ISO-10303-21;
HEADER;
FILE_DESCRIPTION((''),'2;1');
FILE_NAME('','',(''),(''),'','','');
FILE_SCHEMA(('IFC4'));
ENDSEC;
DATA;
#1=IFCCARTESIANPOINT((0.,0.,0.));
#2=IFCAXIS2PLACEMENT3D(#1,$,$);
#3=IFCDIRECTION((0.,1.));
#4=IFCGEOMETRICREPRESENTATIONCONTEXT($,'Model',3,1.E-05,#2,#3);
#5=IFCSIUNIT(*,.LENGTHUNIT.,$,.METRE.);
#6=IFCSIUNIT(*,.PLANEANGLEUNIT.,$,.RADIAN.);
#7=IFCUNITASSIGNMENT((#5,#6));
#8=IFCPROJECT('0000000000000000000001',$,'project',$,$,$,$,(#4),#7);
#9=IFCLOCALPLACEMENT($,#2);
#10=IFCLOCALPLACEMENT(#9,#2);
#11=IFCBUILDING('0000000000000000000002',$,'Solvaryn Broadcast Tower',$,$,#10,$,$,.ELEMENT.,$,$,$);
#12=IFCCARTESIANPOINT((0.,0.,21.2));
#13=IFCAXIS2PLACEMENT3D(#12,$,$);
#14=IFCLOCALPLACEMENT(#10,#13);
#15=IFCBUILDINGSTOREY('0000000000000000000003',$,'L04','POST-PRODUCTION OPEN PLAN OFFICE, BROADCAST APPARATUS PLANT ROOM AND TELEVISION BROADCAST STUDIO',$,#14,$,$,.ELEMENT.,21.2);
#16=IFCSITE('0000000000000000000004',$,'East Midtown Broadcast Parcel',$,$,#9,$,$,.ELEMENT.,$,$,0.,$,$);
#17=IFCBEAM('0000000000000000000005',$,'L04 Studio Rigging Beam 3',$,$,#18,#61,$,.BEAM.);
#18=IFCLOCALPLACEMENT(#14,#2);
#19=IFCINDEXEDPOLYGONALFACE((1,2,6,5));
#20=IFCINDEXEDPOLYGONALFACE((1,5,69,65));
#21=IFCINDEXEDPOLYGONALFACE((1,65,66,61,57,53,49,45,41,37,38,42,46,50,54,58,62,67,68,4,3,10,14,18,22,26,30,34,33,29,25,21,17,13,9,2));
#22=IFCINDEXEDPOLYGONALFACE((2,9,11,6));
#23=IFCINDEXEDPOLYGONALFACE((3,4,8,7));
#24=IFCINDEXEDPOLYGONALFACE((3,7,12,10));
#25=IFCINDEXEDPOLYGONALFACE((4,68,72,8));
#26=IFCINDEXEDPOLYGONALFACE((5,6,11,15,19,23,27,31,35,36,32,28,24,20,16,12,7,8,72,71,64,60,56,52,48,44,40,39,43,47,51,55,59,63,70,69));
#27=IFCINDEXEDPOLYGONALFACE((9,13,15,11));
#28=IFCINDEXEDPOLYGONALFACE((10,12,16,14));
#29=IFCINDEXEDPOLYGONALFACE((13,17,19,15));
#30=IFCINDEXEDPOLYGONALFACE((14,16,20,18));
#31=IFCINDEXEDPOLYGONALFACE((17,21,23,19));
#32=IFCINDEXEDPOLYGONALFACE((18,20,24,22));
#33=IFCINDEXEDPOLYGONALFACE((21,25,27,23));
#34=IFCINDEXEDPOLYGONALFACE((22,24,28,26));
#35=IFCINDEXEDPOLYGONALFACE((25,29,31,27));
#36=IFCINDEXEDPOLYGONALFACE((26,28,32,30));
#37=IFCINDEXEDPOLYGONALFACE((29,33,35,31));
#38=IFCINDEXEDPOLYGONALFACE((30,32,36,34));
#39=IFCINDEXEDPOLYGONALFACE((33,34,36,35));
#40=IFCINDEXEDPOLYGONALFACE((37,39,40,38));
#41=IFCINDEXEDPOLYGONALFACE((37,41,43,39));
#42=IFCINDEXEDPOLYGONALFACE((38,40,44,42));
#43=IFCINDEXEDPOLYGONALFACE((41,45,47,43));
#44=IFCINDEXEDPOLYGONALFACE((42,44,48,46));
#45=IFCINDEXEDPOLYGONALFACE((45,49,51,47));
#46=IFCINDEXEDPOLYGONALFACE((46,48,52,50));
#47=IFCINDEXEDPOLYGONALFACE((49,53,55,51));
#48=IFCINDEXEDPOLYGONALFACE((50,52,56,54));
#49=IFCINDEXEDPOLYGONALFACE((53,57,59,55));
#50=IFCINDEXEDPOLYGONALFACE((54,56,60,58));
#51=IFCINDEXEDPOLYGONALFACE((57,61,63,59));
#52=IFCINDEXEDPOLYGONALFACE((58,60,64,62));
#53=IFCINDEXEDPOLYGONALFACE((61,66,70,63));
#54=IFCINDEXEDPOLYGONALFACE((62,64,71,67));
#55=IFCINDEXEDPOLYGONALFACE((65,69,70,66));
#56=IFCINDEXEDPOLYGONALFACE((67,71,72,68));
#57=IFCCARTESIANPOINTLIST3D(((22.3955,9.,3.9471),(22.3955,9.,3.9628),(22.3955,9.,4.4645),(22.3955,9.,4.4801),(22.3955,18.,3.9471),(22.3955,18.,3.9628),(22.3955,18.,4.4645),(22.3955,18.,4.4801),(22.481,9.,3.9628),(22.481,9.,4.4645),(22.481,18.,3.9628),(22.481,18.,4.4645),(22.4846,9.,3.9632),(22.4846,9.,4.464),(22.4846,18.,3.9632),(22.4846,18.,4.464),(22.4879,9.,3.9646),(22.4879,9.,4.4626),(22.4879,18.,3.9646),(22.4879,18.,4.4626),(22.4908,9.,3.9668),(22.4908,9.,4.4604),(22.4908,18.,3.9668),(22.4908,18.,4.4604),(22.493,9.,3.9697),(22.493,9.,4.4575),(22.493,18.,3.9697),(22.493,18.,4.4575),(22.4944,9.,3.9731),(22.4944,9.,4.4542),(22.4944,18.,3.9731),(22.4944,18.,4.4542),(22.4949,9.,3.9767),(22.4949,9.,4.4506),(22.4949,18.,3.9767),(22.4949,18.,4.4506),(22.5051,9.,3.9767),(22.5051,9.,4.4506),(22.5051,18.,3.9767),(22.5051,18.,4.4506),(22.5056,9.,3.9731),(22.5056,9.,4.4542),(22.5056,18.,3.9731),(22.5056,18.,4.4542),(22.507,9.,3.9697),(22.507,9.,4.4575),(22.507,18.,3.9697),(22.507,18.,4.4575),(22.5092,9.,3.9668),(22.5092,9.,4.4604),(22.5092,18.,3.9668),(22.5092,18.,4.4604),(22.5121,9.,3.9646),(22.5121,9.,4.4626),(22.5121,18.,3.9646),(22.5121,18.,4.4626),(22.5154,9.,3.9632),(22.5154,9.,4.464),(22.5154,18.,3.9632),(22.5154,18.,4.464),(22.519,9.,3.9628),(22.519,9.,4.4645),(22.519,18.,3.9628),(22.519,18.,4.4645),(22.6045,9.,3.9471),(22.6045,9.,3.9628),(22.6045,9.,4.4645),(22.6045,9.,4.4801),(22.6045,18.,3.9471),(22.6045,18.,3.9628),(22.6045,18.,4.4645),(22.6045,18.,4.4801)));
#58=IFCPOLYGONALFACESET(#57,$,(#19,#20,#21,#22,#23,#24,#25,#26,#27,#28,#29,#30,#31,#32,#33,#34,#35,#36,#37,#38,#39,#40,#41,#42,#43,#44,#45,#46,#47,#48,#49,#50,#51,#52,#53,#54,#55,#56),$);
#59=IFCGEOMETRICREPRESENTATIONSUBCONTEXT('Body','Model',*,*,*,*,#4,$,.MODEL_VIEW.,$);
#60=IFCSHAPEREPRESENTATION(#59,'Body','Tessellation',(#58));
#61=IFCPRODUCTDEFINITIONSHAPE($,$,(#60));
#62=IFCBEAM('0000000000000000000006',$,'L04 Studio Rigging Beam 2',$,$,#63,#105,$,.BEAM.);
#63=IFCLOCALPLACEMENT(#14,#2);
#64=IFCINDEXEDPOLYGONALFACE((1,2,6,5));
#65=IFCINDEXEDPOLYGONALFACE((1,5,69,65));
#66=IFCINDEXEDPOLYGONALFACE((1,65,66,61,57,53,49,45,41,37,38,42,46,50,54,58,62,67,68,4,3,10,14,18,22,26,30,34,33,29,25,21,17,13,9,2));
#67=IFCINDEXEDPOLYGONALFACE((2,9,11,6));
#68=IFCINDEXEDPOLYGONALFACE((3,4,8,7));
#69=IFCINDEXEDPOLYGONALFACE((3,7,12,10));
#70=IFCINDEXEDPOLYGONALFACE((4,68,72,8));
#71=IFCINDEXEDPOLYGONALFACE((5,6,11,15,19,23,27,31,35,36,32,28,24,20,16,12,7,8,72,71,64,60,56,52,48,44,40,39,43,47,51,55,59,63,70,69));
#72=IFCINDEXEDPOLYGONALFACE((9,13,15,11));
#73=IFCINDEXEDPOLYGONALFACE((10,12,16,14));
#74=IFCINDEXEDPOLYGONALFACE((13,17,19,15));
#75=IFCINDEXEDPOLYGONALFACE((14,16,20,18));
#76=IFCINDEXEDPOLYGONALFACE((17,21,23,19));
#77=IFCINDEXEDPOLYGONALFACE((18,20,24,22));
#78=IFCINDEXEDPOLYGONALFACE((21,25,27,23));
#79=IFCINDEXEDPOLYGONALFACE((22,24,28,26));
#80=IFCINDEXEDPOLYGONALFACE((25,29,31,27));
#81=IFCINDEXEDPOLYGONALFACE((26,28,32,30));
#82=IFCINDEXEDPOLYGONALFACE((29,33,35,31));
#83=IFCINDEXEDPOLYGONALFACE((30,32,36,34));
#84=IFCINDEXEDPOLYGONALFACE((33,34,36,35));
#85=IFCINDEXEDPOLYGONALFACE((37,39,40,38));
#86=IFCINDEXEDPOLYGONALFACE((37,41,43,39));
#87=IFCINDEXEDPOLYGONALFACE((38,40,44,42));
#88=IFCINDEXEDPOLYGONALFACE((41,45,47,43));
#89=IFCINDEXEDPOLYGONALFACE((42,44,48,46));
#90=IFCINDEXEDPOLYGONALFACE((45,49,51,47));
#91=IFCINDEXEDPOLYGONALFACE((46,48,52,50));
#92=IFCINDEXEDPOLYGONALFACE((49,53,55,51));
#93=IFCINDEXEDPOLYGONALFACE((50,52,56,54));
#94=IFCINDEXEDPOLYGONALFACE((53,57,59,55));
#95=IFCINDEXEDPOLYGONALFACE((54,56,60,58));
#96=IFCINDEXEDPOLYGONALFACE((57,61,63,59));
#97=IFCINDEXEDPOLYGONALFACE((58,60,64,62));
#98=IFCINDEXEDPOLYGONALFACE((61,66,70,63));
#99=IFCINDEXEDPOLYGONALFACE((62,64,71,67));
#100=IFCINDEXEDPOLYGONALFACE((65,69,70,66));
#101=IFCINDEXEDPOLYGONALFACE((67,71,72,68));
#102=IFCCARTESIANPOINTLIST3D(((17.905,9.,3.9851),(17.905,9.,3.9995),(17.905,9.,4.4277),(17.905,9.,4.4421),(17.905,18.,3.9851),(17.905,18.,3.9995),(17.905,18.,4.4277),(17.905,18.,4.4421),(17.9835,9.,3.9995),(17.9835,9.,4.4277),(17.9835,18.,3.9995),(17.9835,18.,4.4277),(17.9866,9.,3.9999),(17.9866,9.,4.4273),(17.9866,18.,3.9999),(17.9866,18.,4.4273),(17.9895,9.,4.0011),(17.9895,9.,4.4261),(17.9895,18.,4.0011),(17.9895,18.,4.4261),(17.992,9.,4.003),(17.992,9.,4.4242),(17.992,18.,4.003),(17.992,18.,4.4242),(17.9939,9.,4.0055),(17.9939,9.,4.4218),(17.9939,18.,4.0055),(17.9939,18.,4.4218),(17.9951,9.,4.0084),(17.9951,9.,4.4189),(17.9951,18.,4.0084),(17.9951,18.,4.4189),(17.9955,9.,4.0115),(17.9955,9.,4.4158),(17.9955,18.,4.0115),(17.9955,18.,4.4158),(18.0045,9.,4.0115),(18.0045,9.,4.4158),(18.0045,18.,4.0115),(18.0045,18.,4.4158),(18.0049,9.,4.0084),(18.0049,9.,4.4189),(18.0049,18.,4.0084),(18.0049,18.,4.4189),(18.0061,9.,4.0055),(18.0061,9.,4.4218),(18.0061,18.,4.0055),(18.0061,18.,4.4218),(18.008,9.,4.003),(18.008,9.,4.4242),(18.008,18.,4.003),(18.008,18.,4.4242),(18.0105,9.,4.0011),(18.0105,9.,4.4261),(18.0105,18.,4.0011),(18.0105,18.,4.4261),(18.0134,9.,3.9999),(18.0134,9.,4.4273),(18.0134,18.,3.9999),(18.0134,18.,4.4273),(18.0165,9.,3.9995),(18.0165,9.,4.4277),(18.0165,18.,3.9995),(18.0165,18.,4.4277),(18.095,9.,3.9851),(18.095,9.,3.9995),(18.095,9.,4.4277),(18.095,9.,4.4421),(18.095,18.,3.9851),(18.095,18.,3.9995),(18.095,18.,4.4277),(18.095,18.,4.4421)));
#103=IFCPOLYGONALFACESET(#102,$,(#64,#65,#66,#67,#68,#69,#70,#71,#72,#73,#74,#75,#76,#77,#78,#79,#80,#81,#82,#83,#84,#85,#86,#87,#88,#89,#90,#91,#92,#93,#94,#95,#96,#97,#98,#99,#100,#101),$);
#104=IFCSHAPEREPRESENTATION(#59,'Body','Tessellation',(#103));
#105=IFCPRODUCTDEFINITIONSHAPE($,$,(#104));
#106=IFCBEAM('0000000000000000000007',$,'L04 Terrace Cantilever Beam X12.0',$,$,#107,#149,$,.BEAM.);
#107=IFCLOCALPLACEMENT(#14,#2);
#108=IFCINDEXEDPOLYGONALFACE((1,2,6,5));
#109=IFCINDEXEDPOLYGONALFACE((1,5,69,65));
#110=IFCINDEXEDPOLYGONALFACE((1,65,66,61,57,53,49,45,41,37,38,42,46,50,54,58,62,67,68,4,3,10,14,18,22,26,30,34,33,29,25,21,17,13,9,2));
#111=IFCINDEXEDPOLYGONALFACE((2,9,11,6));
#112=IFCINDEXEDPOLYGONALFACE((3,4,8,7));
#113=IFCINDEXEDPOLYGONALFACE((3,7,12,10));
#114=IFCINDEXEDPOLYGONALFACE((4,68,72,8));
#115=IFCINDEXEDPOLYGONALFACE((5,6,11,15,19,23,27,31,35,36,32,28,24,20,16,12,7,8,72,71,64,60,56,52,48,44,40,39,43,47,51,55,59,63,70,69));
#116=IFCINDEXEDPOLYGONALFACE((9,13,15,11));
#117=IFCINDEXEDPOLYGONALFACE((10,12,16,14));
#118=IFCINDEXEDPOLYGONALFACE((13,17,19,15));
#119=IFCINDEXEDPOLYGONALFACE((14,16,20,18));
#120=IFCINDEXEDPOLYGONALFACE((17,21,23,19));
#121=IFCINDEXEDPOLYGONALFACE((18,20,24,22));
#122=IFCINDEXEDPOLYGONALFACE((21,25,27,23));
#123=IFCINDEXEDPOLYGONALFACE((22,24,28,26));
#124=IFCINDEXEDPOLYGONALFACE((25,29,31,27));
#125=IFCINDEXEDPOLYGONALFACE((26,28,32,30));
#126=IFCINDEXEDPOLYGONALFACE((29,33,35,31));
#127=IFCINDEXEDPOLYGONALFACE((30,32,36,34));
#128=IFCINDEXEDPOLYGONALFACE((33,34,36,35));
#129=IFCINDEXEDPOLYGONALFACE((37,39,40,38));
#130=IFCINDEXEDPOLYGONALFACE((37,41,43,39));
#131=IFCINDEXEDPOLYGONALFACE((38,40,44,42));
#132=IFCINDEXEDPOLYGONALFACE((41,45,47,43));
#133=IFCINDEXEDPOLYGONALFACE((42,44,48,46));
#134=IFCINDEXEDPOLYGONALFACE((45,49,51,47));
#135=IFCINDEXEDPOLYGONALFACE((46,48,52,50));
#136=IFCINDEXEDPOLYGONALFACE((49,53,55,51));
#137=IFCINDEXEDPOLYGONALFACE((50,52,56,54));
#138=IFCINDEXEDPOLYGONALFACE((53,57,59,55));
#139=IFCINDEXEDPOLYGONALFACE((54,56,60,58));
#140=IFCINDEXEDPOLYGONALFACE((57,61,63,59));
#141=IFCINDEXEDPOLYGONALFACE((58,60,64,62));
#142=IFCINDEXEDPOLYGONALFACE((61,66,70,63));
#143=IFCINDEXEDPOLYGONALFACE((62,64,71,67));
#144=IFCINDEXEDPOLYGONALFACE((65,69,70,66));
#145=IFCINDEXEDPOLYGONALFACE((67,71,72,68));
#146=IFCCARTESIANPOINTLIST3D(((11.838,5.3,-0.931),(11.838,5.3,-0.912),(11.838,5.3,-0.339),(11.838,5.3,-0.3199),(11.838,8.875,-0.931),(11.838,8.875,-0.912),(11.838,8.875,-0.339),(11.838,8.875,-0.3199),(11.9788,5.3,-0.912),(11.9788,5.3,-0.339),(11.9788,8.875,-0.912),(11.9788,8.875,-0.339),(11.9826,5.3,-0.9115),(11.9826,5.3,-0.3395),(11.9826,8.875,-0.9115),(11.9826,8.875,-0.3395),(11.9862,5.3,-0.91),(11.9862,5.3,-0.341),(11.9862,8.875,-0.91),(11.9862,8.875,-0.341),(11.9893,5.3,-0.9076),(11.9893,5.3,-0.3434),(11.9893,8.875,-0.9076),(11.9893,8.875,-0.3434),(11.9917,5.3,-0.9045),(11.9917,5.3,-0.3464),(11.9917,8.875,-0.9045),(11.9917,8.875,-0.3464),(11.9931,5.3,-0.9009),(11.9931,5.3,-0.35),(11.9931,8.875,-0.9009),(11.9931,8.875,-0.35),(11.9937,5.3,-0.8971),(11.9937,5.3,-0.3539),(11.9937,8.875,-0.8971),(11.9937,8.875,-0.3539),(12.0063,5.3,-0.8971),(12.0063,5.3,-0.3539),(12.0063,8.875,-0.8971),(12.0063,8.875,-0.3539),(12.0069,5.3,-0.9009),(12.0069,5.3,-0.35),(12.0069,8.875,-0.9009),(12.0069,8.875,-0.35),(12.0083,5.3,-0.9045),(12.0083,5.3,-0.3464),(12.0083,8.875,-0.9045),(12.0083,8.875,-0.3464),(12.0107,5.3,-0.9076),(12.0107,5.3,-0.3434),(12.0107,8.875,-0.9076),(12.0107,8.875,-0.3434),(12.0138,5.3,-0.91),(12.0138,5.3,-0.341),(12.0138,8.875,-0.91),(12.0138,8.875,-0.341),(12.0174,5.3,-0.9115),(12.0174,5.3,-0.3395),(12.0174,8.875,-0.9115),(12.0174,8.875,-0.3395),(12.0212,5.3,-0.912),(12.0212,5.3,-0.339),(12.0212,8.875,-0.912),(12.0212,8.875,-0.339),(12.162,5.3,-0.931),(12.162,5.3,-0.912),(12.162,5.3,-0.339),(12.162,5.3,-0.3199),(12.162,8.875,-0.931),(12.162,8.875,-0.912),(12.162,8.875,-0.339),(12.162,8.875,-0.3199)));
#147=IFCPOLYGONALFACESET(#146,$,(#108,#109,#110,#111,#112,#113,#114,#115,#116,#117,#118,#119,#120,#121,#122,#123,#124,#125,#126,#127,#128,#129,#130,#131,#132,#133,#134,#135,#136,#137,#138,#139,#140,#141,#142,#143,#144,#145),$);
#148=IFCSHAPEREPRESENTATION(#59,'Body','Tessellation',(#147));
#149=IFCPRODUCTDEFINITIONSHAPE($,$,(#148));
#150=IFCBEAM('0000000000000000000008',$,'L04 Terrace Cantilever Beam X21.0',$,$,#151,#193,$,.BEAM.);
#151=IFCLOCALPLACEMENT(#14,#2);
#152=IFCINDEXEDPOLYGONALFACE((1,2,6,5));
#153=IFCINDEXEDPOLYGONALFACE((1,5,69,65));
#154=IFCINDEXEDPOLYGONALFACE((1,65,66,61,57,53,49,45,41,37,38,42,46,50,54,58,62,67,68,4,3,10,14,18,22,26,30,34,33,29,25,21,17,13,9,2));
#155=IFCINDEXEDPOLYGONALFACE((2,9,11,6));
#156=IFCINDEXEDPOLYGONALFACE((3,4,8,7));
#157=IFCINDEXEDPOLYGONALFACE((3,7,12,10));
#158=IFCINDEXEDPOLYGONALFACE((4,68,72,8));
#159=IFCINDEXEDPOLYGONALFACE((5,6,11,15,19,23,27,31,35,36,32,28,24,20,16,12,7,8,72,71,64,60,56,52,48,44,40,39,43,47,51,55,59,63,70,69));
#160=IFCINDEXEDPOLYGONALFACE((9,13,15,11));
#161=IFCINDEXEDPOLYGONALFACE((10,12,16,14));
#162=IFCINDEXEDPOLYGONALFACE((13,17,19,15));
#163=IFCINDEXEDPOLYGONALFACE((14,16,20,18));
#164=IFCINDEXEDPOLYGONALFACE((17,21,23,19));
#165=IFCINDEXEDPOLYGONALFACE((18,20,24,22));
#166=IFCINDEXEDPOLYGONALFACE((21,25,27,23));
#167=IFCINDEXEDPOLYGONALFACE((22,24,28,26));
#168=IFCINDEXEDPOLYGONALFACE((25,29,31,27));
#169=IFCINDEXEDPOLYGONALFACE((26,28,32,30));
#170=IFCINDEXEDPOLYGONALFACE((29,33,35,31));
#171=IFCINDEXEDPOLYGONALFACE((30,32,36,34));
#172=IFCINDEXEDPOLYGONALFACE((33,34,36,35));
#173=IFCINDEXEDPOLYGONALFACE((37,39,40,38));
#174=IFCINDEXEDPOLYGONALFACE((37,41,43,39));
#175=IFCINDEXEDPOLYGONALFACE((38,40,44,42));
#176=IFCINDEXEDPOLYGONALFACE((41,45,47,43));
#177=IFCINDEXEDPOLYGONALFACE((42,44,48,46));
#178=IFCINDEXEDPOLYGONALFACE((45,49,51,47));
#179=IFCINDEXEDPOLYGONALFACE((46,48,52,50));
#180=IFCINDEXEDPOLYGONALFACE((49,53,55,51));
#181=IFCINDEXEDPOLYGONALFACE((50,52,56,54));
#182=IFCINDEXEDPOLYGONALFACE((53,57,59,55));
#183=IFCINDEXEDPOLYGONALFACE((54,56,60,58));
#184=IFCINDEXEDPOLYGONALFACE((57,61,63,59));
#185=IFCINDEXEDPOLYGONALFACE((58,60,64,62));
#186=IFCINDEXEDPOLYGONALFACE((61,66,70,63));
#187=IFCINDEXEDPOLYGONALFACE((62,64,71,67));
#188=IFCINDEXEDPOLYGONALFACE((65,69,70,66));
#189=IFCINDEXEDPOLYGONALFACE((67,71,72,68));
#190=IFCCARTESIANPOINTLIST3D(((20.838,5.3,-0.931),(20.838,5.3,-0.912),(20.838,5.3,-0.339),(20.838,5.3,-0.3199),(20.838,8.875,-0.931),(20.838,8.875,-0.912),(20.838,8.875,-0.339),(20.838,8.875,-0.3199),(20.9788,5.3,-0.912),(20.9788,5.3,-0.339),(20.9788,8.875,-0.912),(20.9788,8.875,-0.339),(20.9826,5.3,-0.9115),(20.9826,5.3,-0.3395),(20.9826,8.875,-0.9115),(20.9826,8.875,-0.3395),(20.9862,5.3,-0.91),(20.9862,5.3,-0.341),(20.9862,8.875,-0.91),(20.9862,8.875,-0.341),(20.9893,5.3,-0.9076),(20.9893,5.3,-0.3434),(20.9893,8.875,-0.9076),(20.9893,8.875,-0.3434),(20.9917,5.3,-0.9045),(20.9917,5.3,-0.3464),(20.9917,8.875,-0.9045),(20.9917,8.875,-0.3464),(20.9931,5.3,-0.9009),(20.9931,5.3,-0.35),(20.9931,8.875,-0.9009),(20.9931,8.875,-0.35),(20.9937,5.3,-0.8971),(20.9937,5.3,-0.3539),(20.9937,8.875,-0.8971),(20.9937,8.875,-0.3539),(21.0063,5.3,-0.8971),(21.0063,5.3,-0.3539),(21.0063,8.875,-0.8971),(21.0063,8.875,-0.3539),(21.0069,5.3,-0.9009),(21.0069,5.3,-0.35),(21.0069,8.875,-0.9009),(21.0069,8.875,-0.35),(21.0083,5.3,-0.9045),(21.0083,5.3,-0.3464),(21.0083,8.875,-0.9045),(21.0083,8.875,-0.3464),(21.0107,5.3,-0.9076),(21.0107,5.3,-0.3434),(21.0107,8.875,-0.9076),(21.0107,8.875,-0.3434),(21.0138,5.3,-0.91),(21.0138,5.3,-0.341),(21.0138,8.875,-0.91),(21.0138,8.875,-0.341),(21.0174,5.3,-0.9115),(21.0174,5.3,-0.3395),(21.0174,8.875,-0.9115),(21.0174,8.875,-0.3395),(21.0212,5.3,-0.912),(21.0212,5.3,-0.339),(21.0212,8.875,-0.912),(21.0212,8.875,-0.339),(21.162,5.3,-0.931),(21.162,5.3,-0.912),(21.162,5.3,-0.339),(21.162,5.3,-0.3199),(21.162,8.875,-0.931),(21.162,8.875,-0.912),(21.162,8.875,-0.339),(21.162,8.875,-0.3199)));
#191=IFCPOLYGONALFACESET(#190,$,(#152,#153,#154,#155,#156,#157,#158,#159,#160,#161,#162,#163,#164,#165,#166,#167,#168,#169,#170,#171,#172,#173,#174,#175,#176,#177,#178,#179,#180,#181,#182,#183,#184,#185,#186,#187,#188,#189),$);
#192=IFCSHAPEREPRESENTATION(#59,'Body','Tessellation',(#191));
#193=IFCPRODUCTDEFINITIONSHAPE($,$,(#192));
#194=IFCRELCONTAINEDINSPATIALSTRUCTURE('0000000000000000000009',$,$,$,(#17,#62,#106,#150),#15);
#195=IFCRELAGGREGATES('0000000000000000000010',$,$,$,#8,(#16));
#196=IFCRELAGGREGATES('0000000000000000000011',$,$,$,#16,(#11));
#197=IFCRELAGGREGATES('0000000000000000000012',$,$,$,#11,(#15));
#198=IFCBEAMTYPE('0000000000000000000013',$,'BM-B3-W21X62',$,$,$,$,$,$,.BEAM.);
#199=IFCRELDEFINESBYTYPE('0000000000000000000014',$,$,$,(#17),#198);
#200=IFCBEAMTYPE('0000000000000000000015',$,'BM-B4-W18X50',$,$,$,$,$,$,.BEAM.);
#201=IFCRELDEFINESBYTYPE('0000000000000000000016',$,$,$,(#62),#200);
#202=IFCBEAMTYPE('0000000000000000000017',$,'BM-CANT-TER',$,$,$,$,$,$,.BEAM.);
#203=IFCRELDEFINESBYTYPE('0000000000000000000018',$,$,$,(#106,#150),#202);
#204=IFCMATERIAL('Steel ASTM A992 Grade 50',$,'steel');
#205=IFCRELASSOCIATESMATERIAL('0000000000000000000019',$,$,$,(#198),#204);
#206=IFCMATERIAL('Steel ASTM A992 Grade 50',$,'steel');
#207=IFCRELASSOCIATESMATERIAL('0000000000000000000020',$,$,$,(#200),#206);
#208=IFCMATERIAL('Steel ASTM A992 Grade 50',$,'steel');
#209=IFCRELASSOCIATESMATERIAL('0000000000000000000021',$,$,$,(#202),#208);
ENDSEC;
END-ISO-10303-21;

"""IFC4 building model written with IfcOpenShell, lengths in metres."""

from ifc_helpers import new_model, si_unit, direction, frame, origin, origin_2d, place, context, subcontext, project, spatial, i_section, extrude, material, material_profile, profile_set, type_object, element, save


model = new_model("IFC4")

# Units and contexts
model_context = context("Model", 3, precision=1e-05, world=origin(), true_north=direction((0.0, 1.0)))
body_context = subcontext(model_context, "Body", "Model", "MODEL_VIEW")
ifc_project = project(units=[si_unit("LENGTHUNIT", "METRE"), si_unit("PLANEANGLEUNIT", "RADIAN")], contexts=[model_context])

# Site, building, storey
site_placement = place(None, origin())
site = spatial("IfcSite", under=ifc_project, at=site_placement, Name="East Midtown Broadcast Parcel", CompositionType="ELEMENT", RefElevation=0.0)
building_placement = place(site_placement, origin())
building = spatial("IfcBuilding", under=site, at=building_placement, Name="Solvaryn Broadcast Tower", CompositionType="ELEMENT")
storey_placement = place(building_placement, frame((0.0, 0.0, 21.2)))
storey = spatial("IfcBuildingStorey", under=building, at=storey_placement, Name="L04", Description="POST-PRODUCTION OPEN PLAN OFFICE, BROADCAST APPARATUS PLANT ROOM AND TELEVISION BROADCAST STUDIO", CompositionType="ELEMENT", Elevation=21.2)

# Beams
ifc_material_1 = material(Name="Steel ASTM A992 Grade 50", Category="steel")
ifc_material_profile_1 = material_profile(ifc_material_1, i_section(OverallWidth=0.209, OverallDepth=0.533, WebThickness=0.0103, FlangeThickness=0.0156, FilletRadius=0.0139, at=origin_2d()))
ifc_profile_set_1 = profile_set([ifc_material_profile_1], Name="Steel ASTM A992 Grade 50")
beam_type_1 = type_object("IfcBeamType", Name="BM-B3-W21X62", PredefinedType="BEAM", material=ifc_profile_set_1)
for number, where, z_axis, x_axis, name in (
    (1, (22.5, 9.0, 4.2136), (0.0, 1.0, 0.0), (-1.0, 0.0, 0.0), "L04 Studio Rigging Beam 3"),
):
    element("IfcBeam", number, at=place(storey_placement, frame(where, z_axis=z_axis, x_axis=x_axis)), inside=storey, type_object=beam_type_1, Name=name, PredefinedType="BEAM", context=body_context, shape_type="SweptSolid", body=[
        extrude(i_section(OverallWidth=0.209, OverallDepth=0.533, WebThickness=0.0103, FlangeThickness=0.0156, FilletRadius=0.0139, at=origin_2d()), origin(), (0.0, 0.0, 1.0), 9.0),
    ])
ifc_material_2 = material(Name="Steel ASTM A992 Grade 50", Category="steel")
ifc_material_profile_2 = material_profile(ifc_material_2, i_section(OverallWidth=0.1899, OverallDepth=0.457, WebThickness=0.009, FlangeThickness=0.0144, FilletRadius=0.012, at=origin_2d()))
ifc_profile_set_2 = profile_set([ifc_material_profile_2], Name="Steel ASTM A992 Grade 50")
beam_type_2 = type_object("IfcBeamType", Name="BM-B4-W18X50", PredefinedType="BEAM", material=ifc_profile_set_2)
beam_1_placement = place(storey_placement, frame((18.0, 9.0, 4.2136), z_axis=(0.0, 1.0, 0.0), x_axis=(-1.0, 0.0, 0.0)))
element("IfcBeam", 2, at=beam_1_placement, inside=storey, type_object=beam_type_2, Name="L04 Studio Rigging Beam 2", PredefinedType="BEAM", context=body_context, shape_type="SweptSolid", body=[
    extrude(i_section(OverallWidth=0.1899, OverallDepth=0.457, WebThickness=0.009, FlangeThickness=0.0144, FilletRadius=0.012, at=origin_2d()), origin(), (0.0, 0.0, 1.0), 9.0),
])
ifc_material_3 = material(Name="Steel ASTM A992 Grade 50", Category="steel")
ifc_material_profile_3 = material_profile(ifc_material_3, i_section(OverallWidth=0.324, OverallDepth=0.6111, WebThickness=0.0127, FlangeThickness=0.019, FilletRadius=0.0149, at=origin_2d()))
ifc_profile_set_3 = profile_set([ifc_material_profile_3], Name="Steel ASTM A992 Grade 50")
beam_type_3 = type_object("IfcBeamType", Name="BM-CANT-TER", PredefinedType="BEAM", material=ifc_profile_set_3)
for number, where, z_axis, x_axis, name in (
    (3, (12.0, 8.875, -0.6255), (0.0, -1.0, 0.0), (1.0, 0.0, 0.0), "L04 Terrace Cantilever Beam X12.0"),
    (4, (21.0, 8.875, -0.6255), (0.0, -1.0, 0.0), (1.0, 0.0, 0.0), "L04 Terrace Cantilever Beam X21.0"),
):
    element("IfcBeam", number, at=place(storey_placement, frame(where, z_axis=z_axis, x_axis=x_axis)), inside=storey, type_object=beam_type_3, Name=name, PredefinedType="BEAM", context=body_context, shape_type="SweptSolid", body=[
        extrude(i_section(OverallWidth=0.324, OverallDepth=0.6111, WebThickness=0.0127, FlangeThickness=0.019, FilletRadius=0.0149, at=origin_2d()), origin(), (0.0, 0.0, 1.0), 3.575),
    ])

save(model, "model.ifc")
